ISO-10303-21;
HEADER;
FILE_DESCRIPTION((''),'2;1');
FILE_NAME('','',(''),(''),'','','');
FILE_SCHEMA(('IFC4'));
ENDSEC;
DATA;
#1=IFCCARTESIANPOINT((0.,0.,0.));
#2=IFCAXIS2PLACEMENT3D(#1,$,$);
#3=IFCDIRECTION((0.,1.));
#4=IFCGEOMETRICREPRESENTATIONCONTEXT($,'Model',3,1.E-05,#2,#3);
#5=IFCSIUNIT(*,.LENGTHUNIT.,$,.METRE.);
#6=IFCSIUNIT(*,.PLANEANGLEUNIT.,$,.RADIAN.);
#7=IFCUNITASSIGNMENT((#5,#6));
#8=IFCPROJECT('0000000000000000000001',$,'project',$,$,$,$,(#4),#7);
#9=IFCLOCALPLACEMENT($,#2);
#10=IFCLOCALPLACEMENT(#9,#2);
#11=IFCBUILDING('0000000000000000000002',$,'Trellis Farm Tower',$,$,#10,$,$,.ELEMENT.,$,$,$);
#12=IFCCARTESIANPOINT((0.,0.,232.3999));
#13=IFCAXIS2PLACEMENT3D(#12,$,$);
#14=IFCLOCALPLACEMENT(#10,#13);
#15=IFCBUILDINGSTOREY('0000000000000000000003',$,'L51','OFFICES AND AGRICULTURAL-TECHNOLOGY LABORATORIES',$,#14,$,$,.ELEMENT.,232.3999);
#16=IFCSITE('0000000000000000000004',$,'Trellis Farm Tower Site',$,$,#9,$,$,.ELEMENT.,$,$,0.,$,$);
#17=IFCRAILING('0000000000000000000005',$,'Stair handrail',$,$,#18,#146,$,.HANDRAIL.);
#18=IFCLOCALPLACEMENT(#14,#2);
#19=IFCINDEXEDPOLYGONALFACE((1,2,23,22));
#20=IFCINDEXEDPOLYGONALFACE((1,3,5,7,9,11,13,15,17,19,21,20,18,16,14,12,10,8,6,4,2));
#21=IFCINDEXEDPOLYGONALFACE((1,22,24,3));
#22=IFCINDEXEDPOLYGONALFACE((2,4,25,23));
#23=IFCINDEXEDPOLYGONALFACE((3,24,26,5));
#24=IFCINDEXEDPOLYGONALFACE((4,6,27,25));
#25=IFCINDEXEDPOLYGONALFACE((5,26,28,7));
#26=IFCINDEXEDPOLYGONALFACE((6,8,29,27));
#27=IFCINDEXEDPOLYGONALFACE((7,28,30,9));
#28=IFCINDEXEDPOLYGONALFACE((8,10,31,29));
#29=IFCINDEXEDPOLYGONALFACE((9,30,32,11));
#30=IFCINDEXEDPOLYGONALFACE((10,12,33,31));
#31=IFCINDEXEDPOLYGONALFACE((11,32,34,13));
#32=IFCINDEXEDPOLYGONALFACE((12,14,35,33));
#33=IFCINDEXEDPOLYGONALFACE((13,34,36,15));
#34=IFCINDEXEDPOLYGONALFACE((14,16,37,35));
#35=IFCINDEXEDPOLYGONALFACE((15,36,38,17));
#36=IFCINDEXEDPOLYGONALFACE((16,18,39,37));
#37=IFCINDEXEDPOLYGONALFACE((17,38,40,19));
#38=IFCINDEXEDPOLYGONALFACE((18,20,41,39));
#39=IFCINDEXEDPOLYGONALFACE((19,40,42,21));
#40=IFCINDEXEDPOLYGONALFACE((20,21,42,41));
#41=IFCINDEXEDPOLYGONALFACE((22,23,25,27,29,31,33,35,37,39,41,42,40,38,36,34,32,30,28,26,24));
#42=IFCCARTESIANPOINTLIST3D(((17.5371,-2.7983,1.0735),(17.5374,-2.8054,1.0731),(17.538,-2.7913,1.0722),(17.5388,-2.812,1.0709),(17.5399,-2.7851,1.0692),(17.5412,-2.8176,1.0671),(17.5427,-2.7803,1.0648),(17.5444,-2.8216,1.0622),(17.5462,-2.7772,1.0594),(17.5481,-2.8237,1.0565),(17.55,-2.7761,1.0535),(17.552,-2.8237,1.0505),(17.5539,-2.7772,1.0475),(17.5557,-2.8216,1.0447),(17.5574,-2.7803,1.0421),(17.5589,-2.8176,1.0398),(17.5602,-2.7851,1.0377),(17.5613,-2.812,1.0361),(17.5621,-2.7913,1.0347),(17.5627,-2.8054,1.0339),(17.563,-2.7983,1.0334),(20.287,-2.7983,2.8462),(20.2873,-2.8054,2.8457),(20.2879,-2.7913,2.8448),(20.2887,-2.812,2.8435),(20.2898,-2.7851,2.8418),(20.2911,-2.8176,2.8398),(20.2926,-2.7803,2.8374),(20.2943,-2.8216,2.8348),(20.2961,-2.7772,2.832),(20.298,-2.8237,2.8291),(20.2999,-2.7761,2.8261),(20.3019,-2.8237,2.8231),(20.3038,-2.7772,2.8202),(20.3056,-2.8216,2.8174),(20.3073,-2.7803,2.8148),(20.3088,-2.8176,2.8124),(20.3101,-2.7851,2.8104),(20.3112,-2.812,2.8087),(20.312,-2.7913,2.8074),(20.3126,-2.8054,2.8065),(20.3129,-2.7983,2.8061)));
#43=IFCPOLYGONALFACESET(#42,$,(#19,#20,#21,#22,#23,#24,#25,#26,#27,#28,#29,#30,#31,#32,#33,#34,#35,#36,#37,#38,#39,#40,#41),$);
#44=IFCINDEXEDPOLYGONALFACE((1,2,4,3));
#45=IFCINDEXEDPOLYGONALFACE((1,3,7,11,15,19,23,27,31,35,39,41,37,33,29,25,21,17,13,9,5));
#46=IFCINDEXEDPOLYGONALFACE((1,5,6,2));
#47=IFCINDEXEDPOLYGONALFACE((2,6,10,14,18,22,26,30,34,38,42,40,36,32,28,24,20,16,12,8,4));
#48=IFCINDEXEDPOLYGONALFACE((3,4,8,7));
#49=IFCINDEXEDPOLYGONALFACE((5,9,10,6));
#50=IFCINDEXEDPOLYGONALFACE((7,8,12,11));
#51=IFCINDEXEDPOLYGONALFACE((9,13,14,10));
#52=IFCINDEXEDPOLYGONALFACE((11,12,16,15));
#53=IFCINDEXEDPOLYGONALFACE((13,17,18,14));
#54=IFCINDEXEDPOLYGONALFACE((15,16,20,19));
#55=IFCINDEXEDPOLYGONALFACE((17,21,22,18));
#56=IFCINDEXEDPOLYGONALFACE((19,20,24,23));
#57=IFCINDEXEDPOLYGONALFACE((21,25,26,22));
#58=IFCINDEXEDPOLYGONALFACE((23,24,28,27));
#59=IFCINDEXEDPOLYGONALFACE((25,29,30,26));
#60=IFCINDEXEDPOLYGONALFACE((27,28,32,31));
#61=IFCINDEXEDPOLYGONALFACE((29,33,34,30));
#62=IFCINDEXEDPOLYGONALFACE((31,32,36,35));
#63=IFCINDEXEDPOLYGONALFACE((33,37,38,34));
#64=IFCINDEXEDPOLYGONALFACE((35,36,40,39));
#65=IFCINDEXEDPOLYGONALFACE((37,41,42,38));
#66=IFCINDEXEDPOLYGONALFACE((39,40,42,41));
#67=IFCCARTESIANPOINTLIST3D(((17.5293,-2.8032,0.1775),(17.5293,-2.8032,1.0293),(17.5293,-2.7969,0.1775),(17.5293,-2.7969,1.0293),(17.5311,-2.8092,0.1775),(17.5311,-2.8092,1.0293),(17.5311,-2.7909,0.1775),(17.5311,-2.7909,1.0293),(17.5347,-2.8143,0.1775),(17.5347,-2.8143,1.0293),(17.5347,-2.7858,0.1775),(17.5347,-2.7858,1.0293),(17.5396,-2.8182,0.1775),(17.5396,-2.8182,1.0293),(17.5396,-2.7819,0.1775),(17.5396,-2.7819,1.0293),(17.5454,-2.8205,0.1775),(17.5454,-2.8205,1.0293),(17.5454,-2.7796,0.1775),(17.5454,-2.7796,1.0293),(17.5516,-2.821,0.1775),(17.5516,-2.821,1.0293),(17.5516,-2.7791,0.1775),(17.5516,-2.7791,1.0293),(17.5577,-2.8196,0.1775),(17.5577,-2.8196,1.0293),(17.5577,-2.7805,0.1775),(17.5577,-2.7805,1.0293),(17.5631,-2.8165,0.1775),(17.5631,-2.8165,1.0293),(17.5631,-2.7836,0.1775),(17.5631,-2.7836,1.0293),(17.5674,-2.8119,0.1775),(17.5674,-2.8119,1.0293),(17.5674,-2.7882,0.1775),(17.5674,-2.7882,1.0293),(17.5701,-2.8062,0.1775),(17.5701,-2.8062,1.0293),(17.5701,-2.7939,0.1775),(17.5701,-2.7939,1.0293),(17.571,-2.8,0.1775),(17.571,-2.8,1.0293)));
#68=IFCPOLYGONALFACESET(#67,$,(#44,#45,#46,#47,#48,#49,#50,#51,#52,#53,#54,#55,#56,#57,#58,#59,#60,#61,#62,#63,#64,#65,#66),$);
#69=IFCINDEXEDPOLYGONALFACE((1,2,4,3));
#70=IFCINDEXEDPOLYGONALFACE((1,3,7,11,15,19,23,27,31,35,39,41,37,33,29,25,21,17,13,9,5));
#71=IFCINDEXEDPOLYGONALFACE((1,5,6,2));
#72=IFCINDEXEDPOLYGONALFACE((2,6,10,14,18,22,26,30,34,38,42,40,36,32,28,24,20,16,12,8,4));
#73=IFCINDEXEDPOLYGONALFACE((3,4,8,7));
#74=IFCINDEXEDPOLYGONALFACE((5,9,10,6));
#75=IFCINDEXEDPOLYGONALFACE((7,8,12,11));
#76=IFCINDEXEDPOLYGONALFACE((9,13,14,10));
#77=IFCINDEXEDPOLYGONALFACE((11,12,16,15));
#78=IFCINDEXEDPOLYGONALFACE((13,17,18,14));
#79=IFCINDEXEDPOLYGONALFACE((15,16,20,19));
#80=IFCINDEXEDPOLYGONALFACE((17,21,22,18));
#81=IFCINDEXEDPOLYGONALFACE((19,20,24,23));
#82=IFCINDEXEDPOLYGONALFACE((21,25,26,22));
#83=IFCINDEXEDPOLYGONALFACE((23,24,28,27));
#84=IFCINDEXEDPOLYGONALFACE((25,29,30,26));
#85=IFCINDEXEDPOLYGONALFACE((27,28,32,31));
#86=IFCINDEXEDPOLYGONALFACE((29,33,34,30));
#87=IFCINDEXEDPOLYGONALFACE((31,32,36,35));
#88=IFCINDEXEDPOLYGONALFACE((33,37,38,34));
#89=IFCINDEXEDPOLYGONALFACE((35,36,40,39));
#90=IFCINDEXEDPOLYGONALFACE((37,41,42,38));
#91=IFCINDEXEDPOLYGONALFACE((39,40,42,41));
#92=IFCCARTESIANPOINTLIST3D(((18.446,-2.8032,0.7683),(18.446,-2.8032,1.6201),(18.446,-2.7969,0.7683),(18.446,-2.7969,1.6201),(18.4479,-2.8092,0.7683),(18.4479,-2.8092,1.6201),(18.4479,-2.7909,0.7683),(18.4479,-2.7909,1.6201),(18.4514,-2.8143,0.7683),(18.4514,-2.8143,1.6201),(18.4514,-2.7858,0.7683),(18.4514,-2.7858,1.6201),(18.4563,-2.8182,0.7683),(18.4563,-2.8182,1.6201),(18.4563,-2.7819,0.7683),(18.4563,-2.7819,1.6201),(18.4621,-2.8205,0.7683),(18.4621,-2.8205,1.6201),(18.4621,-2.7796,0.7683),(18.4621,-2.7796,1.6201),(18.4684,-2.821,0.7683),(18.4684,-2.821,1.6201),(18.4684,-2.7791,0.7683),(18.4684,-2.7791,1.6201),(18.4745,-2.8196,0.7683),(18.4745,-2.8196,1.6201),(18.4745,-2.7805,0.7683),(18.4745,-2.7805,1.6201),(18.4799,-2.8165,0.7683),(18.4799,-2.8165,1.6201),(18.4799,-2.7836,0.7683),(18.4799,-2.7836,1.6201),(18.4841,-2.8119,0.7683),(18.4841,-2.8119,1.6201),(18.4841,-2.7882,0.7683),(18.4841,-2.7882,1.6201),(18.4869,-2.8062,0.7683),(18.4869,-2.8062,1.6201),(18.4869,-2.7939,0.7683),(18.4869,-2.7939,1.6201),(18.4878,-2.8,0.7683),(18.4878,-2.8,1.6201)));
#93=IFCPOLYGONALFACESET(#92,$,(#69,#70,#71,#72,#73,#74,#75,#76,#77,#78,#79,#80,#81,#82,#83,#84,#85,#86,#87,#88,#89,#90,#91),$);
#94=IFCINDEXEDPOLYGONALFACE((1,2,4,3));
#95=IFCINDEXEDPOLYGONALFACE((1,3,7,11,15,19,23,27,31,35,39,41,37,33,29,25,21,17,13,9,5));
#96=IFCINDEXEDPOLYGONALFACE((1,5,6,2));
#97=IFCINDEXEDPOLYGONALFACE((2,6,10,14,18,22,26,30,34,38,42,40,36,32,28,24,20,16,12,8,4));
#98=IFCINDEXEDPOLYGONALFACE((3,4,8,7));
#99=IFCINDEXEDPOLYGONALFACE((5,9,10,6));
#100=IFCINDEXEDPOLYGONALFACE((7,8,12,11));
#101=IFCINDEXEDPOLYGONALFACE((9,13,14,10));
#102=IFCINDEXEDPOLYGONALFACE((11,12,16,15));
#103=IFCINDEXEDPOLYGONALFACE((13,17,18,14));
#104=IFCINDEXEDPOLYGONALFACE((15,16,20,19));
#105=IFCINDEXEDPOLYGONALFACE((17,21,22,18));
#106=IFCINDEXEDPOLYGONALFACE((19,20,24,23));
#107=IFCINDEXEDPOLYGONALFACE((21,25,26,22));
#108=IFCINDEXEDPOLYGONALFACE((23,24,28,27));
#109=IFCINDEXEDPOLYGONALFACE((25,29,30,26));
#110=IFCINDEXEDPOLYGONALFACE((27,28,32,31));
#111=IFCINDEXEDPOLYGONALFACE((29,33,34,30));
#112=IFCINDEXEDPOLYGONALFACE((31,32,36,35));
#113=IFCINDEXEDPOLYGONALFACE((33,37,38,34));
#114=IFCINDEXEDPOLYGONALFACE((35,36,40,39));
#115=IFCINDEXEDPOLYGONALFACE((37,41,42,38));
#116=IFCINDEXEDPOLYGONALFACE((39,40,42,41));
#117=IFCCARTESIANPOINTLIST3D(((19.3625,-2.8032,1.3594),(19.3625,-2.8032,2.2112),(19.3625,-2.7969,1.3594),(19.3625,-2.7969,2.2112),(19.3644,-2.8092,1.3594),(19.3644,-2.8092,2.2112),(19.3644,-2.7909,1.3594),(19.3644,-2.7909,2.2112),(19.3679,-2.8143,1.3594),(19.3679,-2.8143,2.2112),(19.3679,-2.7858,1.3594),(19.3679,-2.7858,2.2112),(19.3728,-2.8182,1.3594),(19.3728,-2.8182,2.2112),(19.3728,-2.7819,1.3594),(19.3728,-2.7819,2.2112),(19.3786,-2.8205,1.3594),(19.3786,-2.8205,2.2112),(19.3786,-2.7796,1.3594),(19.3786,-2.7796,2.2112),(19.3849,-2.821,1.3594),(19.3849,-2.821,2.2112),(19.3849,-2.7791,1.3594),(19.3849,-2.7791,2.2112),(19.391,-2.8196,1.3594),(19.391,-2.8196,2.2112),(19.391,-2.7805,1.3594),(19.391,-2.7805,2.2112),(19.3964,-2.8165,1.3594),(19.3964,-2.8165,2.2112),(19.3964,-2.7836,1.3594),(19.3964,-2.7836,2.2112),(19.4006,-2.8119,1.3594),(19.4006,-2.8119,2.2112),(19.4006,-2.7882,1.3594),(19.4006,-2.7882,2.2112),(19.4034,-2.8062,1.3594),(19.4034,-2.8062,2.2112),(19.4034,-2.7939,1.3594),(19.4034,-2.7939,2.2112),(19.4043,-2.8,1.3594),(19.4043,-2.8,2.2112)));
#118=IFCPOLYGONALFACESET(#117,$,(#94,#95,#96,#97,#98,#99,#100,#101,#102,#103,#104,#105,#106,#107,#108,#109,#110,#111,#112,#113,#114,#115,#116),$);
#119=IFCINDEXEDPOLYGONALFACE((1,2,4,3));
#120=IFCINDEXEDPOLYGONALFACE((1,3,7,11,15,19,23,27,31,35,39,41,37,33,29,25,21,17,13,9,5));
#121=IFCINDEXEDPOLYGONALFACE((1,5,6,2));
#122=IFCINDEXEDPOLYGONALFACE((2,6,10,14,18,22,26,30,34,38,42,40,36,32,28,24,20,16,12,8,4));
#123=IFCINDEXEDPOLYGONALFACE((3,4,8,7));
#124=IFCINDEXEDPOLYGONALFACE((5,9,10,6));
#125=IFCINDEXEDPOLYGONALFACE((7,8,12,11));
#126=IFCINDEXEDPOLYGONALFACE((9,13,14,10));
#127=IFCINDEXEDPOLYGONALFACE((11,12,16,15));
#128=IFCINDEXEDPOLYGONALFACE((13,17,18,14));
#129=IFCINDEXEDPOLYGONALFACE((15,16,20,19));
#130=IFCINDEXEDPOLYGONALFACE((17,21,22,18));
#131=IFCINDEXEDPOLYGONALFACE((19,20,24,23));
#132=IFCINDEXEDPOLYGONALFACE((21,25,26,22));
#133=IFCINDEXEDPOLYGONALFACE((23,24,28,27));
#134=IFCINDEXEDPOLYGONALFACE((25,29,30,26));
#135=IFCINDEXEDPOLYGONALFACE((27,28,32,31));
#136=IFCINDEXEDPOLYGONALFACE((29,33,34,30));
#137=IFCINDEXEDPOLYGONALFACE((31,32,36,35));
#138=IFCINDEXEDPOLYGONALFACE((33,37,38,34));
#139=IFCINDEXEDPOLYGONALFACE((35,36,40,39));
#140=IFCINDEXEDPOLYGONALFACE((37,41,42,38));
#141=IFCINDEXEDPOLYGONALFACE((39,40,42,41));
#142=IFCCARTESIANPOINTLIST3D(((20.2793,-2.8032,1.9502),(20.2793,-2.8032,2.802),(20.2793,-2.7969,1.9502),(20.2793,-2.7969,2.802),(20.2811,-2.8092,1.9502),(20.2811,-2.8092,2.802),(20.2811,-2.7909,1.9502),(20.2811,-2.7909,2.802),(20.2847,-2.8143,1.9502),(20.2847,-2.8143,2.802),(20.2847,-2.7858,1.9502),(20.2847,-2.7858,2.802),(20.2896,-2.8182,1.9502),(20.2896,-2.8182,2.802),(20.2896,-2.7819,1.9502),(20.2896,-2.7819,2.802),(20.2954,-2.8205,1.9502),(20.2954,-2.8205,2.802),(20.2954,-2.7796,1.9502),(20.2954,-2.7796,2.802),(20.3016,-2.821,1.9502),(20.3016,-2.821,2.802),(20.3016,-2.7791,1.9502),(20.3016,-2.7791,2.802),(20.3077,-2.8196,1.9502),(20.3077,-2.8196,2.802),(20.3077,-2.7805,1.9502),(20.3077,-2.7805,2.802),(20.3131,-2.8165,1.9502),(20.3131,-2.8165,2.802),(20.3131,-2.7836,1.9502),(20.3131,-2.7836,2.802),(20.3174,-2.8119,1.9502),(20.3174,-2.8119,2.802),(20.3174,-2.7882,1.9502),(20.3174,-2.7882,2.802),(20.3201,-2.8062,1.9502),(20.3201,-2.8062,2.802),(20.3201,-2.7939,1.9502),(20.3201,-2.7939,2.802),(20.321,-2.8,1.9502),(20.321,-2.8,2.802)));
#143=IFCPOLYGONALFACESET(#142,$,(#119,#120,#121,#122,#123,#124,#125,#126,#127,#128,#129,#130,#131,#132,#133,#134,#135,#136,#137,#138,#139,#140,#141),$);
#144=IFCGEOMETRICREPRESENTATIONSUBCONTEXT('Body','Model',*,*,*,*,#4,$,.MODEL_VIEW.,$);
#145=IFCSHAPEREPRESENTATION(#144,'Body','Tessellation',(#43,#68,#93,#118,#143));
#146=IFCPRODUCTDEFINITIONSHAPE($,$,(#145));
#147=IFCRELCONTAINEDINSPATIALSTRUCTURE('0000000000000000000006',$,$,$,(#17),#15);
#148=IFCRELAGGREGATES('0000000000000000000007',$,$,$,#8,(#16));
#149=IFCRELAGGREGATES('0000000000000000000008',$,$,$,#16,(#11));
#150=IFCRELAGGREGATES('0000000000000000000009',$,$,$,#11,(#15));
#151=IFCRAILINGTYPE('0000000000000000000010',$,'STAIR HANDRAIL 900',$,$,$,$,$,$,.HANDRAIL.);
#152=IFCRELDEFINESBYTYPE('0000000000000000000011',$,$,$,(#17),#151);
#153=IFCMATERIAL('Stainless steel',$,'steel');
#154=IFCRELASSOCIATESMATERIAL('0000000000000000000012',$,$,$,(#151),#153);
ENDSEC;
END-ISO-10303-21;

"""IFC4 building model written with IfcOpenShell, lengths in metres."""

from ifc_helpers import new_model, si_unit, direction, frame, origin, origin_2d, place, context, subcontext, project, spatial, circle, extrude, source, transform, mapped, material, type_object, element, save


model = new_model("IFC4")

# Units and contexts
model_context = context("Model", 3, precision=1e-05, world=origin(), true_north=direction((0.0, 1.0)))
body_context = subcontext(model_context, "Body", "Model", "MODEL_VIEW")
ifc_project = project(units=[si_unit("LENGTHUNIT", "METRE"), si_unit("PLANEANGLEUNIT", "RADIAN")], contexts=[model_context])

# Site, building, storey
site_placement = place(None, origin())
site = spatial("IfcSite", under=ifc_project, at=site_placement, Name="Trellis Farm Tower Site", CompositionType="ELEMENT", RefElevation=0.0)
building_placement = place(site_placement, origin())
building = spatial("IfcBuilding", under=site, at=building_placement, Name="Trellis Farm Tower", CompositionType="ELEMENT")
storey_placement = place(building_placement, frame((0.0, 0.0, 232.3999)))
storey = spatial("IfcBuildingStorey", under=building, at=storey_placement, Name="L51", Description="OFFICES AND AGRICULTURAL-TECHNOLOGY LABORATORIES", CompositionType="ELEMENT", Elevation=232.3999)

# Railing
ifc_material_1 = material(Name="Stainless steel", Category="steel")
railing_type = type_object("IfcRailingType", Name="STAIR HANDRAIL 900", PredefinedType="HANDRAIL", material=ifc_material_1)
shared_shape_1 = source(origin(), body_context, "Body", "SweptSolid", [
    extrude(circle(Radius=0.0239, at=origin_2d()), frame((0.0, 0.0, 0.876), z_axis=(0.840504, 0.0, 0.541806), x_axis=(0.0, 1.0, 0.0)), (0.0, 0.0, 1.0), 3.2717),
    extrude(circle(Radius=0.021, at=origin_2d()), origin(), (0.0, 0.0, 1.0), 0.8518),
    extrude(circle(Radius=0.021, at=origin_2d()), frame((0.9167, 0.0, 0.5908)), (0.0, 0.0, 1.0), 0.8518),
    extrude(circle(Radius=0.021, at=origin_2d()), frame((1.8333, 0.0, 1.1819)), (0.0, 0.0, 1.0), 0.8518),
    extrude(circle(Radius=0.021, at=origin_2d()), frame((2.75, 0.0, 1.7727)), (0.0, 0.0, 1.0), 0.8518),
])
railing_placement = place(storey_placement, frame((17.55, -2.8, 0.1775)))
element("IfcRailing", 1, at=railing_placement, inside=storey, type_object=railing_type, Name="Stair handrail", PredefinedType="HANDRAIL", context=body_context, shape_type="MappedRepresentation", body=[
    mapped(shared_shape_1, transform((0.0, 0.0, 0.0))),
])

save(model, "model.ifc")
